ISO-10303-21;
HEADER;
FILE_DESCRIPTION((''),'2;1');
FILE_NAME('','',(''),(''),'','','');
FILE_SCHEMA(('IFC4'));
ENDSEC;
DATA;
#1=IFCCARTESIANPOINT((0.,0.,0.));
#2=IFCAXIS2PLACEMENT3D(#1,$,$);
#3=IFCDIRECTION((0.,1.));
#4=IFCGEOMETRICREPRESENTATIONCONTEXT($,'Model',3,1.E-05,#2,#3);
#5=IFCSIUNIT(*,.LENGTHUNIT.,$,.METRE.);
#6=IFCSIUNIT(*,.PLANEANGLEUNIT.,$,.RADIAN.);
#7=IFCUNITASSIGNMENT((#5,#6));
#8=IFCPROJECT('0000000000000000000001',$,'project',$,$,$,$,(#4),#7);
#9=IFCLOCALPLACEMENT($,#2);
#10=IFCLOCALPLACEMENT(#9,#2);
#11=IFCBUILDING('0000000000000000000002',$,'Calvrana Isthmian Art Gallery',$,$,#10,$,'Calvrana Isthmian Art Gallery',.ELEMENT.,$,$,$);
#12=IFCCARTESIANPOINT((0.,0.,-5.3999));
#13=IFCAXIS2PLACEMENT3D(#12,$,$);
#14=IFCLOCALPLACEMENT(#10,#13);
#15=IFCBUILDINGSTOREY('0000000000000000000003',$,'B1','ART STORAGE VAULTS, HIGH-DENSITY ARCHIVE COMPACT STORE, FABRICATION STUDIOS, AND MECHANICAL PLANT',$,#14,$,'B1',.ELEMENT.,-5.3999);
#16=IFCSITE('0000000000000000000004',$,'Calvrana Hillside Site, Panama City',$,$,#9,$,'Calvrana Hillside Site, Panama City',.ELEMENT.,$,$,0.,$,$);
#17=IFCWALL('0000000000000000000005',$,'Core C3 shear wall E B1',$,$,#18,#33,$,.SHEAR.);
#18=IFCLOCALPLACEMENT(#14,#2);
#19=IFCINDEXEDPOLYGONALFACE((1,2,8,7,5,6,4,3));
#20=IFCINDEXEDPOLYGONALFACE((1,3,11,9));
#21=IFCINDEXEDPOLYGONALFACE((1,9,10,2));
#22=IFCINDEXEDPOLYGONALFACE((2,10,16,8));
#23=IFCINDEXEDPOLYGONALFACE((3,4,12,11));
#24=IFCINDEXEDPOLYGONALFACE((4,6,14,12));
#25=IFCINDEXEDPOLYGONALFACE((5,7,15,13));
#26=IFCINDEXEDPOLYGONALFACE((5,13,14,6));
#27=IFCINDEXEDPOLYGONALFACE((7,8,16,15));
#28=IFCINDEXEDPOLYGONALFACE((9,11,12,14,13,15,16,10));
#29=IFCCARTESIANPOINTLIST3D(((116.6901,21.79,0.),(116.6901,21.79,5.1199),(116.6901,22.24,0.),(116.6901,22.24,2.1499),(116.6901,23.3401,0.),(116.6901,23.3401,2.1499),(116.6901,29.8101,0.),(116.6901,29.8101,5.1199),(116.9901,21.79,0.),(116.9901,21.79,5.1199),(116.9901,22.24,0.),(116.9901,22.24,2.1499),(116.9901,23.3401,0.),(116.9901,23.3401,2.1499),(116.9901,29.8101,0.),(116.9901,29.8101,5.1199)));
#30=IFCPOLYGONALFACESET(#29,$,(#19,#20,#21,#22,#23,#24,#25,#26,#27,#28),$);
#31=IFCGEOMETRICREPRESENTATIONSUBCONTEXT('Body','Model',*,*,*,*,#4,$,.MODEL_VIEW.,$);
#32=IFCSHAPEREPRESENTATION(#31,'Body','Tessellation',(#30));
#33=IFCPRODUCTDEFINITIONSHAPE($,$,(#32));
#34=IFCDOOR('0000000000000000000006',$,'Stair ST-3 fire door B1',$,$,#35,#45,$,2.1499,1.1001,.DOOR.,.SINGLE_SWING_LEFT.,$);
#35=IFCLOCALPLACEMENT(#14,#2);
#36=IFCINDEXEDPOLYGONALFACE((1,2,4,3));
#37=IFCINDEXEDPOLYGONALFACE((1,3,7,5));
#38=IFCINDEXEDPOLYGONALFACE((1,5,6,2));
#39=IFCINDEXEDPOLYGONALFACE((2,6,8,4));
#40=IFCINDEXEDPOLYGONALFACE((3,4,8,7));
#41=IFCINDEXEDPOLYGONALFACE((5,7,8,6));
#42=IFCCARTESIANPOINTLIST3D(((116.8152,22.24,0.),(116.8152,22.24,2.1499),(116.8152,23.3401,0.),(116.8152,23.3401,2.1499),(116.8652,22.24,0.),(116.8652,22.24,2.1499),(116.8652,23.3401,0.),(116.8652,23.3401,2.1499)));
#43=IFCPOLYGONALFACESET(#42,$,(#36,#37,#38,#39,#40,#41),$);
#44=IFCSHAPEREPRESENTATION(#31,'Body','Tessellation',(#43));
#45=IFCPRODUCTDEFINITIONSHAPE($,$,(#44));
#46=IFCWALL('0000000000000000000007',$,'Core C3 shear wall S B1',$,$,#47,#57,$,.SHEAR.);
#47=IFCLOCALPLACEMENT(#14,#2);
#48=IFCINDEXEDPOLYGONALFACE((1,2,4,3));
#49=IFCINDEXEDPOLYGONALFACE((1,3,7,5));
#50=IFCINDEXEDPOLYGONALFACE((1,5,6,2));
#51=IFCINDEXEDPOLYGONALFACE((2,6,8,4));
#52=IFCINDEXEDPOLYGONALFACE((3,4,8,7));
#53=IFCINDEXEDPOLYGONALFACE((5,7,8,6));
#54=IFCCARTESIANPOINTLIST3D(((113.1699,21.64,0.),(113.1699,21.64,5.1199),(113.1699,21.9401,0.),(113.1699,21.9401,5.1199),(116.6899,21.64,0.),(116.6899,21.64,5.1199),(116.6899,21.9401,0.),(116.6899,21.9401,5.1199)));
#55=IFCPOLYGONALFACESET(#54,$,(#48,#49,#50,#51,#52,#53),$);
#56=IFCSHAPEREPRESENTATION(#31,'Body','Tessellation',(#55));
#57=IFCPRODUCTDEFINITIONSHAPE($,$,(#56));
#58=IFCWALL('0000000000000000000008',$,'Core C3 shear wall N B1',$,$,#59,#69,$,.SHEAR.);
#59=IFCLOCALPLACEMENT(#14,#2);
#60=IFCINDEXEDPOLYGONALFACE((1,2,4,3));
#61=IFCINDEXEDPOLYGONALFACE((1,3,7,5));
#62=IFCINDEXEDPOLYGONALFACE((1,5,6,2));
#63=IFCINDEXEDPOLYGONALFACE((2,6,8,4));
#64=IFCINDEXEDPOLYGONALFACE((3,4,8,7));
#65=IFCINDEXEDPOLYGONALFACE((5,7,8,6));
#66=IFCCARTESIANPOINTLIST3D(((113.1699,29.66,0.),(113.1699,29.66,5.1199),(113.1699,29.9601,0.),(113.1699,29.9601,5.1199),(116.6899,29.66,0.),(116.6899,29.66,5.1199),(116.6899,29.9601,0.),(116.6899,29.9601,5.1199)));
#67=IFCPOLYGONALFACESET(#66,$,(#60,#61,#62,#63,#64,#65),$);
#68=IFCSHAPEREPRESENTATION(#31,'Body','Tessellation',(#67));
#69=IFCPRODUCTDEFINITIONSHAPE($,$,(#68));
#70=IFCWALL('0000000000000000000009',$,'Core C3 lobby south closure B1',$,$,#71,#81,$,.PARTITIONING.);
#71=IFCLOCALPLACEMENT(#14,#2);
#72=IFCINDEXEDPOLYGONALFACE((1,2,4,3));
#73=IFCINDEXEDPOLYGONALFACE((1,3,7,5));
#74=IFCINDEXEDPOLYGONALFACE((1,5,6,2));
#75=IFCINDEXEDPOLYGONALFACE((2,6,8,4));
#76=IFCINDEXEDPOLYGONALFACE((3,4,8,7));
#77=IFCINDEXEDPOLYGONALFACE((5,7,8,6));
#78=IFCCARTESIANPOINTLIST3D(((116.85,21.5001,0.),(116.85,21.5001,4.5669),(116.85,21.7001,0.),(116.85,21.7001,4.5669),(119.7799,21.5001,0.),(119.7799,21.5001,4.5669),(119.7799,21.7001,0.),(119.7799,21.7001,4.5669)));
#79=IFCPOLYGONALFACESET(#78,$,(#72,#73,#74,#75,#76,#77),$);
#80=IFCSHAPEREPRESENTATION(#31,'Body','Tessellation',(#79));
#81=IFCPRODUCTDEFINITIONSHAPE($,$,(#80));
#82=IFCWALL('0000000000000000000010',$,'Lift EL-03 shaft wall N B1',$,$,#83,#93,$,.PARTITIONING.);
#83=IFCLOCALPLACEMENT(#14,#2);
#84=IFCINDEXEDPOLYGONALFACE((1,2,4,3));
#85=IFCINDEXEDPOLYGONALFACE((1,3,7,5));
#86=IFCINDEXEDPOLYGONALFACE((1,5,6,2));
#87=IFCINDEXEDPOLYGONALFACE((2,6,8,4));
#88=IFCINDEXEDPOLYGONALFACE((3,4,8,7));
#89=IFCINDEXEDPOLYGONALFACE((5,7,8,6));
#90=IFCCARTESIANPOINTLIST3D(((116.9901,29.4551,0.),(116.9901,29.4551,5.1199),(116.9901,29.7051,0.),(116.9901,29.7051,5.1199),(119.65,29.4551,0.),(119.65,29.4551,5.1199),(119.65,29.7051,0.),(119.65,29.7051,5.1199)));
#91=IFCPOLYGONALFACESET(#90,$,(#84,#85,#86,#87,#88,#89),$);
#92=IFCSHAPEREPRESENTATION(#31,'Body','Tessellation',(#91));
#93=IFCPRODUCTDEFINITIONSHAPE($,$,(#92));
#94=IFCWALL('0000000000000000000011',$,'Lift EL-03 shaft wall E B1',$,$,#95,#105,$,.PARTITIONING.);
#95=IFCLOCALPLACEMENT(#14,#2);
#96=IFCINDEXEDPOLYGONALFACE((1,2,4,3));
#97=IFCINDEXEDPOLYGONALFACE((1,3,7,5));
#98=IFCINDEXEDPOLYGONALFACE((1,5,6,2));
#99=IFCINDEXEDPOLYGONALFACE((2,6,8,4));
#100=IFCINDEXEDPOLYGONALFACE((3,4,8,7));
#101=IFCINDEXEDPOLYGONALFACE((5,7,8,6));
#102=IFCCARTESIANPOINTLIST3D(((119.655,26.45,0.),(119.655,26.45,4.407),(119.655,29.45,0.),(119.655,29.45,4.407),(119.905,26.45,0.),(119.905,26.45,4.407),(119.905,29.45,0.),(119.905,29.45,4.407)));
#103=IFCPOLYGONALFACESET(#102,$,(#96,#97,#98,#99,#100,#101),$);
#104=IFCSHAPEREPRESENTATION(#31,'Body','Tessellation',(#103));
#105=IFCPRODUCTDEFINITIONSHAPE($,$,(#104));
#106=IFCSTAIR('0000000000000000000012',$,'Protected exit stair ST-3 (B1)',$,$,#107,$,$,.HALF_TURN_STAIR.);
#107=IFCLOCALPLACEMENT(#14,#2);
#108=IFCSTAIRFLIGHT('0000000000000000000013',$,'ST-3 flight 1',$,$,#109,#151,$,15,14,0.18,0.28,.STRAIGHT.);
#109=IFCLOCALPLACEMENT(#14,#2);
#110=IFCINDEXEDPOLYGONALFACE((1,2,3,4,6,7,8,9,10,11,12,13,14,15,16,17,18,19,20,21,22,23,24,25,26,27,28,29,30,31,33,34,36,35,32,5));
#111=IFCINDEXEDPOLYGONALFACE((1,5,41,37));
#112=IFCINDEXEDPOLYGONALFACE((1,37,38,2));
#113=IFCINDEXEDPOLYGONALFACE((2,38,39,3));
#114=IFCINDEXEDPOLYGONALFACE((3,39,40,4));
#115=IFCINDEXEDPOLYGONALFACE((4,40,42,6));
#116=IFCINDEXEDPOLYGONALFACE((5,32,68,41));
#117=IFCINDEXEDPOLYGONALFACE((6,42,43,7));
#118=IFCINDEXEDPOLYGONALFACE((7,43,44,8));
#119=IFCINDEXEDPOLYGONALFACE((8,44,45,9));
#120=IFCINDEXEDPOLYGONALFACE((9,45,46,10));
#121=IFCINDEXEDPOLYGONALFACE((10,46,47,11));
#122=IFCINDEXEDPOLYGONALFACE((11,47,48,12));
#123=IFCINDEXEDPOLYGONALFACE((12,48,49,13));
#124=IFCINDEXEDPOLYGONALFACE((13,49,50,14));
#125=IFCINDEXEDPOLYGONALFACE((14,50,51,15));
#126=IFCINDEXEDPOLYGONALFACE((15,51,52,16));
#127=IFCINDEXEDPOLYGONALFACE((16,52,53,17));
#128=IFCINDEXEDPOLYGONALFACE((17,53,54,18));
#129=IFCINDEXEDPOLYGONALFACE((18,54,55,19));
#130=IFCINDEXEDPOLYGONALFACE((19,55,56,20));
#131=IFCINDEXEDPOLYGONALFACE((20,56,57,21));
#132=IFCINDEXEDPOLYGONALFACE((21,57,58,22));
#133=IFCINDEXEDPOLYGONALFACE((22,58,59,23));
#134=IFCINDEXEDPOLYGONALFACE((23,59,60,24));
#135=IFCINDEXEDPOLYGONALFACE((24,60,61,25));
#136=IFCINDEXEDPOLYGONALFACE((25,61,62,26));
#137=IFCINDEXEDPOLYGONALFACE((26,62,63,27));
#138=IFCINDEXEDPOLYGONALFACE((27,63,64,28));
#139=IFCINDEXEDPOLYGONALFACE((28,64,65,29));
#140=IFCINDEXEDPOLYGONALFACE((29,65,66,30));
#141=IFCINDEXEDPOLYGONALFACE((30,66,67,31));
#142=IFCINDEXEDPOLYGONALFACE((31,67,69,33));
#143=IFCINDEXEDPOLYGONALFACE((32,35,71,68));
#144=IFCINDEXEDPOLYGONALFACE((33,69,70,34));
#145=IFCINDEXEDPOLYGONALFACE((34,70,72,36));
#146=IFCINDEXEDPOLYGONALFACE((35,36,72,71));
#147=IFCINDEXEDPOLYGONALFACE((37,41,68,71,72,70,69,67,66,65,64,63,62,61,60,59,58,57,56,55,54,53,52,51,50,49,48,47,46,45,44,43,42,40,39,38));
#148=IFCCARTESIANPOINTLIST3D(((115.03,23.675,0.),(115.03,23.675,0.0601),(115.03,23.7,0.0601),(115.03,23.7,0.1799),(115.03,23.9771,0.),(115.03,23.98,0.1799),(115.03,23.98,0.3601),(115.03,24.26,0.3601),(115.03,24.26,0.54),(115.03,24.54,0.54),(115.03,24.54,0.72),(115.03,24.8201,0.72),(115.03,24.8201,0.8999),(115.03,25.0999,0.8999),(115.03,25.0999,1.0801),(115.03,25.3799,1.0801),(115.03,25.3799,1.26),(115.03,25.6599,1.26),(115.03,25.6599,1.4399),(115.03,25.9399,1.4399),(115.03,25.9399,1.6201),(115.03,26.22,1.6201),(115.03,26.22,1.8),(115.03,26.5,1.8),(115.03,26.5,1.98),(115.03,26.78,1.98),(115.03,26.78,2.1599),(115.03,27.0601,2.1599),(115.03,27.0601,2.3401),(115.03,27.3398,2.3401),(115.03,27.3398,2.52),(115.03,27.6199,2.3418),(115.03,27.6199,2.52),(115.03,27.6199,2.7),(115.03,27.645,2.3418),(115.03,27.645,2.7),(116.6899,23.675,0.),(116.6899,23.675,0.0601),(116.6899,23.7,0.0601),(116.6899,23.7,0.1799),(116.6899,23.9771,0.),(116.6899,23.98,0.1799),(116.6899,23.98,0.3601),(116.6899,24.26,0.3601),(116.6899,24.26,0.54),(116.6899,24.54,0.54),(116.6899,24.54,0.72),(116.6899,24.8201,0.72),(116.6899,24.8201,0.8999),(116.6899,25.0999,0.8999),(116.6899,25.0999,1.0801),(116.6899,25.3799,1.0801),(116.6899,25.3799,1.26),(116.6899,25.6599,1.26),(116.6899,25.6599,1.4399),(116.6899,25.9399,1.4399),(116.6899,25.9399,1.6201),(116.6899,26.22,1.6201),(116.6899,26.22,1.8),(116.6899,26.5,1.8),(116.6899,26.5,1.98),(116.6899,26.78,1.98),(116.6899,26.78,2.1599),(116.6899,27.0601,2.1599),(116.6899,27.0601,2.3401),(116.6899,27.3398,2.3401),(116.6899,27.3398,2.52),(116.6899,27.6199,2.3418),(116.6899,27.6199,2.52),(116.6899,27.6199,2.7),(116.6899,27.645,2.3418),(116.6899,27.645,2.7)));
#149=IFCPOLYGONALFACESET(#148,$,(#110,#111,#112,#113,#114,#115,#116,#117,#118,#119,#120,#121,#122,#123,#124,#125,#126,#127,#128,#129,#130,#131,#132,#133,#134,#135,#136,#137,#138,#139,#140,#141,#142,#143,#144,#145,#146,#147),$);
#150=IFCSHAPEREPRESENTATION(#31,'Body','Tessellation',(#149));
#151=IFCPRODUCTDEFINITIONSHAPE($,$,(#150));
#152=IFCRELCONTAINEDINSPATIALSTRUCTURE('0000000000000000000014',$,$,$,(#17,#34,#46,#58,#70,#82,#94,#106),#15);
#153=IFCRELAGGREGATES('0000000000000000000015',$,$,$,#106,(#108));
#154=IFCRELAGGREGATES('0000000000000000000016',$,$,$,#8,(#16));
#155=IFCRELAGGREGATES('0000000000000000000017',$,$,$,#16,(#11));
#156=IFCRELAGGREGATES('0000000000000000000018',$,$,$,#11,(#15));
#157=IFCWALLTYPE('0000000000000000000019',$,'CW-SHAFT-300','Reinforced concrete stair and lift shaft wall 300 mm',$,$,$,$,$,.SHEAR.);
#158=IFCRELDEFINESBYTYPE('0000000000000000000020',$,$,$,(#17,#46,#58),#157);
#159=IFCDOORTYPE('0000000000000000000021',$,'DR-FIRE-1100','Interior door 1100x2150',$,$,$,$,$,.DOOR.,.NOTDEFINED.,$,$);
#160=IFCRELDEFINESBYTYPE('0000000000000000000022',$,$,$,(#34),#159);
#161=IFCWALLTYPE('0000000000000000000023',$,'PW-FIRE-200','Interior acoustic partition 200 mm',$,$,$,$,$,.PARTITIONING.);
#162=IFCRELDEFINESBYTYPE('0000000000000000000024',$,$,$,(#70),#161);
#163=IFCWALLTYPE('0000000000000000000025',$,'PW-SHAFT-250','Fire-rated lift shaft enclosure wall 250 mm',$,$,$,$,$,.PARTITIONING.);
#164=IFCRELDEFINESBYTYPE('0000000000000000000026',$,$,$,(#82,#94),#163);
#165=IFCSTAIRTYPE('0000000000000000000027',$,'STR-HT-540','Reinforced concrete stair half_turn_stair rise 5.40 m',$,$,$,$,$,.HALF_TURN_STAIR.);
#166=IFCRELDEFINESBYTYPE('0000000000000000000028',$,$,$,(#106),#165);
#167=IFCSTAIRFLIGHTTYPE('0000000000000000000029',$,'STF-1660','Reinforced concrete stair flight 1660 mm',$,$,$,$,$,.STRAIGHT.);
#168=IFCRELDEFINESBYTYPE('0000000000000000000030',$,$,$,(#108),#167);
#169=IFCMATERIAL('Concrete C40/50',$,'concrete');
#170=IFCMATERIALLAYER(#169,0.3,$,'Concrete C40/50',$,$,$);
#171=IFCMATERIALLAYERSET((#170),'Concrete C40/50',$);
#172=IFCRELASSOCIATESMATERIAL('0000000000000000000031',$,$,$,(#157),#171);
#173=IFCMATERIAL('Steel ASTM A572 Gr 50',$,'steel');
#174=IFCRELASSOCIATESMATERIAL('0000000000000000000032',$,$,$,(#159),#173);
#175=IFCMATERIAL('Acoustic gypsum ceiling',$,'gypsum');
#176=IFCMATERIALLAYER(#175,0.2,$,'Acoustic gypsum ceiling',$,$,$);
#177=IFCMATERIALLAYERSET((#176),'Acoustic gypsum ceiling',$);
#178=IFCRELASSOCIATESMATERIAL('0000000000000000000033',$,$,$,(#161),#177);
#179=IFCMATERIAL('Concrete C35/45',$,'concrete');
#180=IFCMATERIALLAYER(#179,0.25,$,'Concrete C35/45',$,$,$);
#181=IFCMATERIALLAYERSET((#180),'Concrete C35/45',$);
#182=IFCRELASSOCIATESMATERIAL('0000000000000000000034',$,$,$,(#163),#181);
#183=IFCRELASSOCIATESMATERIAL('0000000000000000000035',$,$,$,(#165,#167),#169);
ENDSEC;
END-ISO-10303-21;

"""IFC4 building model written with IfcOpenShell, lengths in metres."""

from ifc_helpers import new_model, si_unit, direction, frame, frame_2d, origin, place, context, subcontext, project, spatial, polyline, rectangle, outline, extrude, material, layer, layer_set, type_object, element, fill, aggregate, save


model = new_model("IFC4")

# Units and contexts
model_context = context("Model", 3, precision=1e-05, world=origin(), true_north=direction((0.0, 1.0)))
body_context = subcontext(model_context, "Body", "Model", "MODEL_VIEW")
ifc_project = project(units=[si_unit("LENGTHUNIT", "METRE"), si_unit("PLANEANGLEUNIT", "RADIAN")], contexts=[model_context])

# Site, building, storey
site_placement = place(None, origin())
site = spatial("IfcSite", under=ifc_project, at=site_placement, Name="Calvrana Hillside Site, Panama City", LongName="Calvrana Hillside Site, Panama City", CompositionType="ELEMENT", RefElevation=0.0)
building_placement = place(site_placement, origin())
building = spatial("IfcBuilding", under=site, at=building_placement, Name="Calvrana Isthmian Art Gallery", LongName="Calvrana Isthmian Art Gallery", CompositionType="ELEMENT")
storey_placement = place(building_placement, frame((0.0, 0.0, -5.3999)))
storey = spatial("IfcBuildingStorey", under=building, at=storey_placement, Name="B1", Description="ART STORAGE VAULTS, HIGH-DENSITY ARCHIVE COMPACT STORE, FABRICATION STUDIOS, AND MECHANICAL PLANT", LongName="B1", CompositionType="ELEMENT", Elevation=-5.3999)

# Shared definitions
ifc_material_1 = material(Name="Concrete C35/45", Category="concrete")

# Shared definitions
ifc_material_2 = material(Name="Steel ASTM A572 Gr 50", Category="steel")

# Shared definitions
ifc_material_3 = material(Name="Concrete C40/50", Category="concrete")
ifc_layer_1 = layer(ifc_material_3, 0.3, Name="Concrete C40/50")
ifc_layer_set_1 = layer_set([ifc_layer_1], Name="Concrete C40/50")
wall_type_1 = type_object("IfcWallType", Name="CW-SHAFT-300", Description="Reinforced concrete stair and lift shaft wall 300 mm", PredefinedType="SHEAR", material=ifc_layer_set_1)

# Wall, opening, door
wall_1_placement = place(storey_placement, frame((116.8401, 21.79, 0.0), z_axis=(0.0, 0.0, 1.0), x_axis=(0.0, 1.0, 0.0)))
wall_1 = element("IfcWall", 1, at=wall_1_placement, inside=storey, type_object=wall_type_1, Name="Core C3 shear wall E B1", PredefinedType="SHEAR", context=body_context, shape_type="SweptSolid", body=[
    extrude(rectangle(XDim=8.02, YDim=0.3, at=frame_2d((4.01, 0.0))), origin(), (0.0, 0.0, 1.0), 5.1199),
])
opening_1_placement = place(wall_1_placement, frame((0.45, 0.0, 0.0)))
opening_1 = element("IfcOpeningElement", 2, at=opening_1_placement, cuts=wall_1, PredefinedType="OPENING", context=body_context, shape_type="SweptSolid", body=[
    extrude(rectangle(XDim=1.1001, YDim=2.1499, at=frame_2d((0.55, 1.075))), frame((0.0, 0.1602, 0.0), z_axis=(0.0, -1.0, 0.0), x_axis=(1.0, 0.0, 0.0)), (0.0, 0.0, 1.0), 0.3206),
])
door_type_1 = type_object("IfcDoorType", Name="DR-FIRE-1100", Description="Interior door 1100x2150", OperationType="NOTDEFINED", PredefinedType="DOOR", material=ifc_material_2)
door_1_placement = place(opening_1_placement, origin())
door_1 = element("IfcDoor", 3, at=door_1_placement, inside=storey, type_object=door_type_1, Name="Stair ST-3 fire door B1", OperationType="SINGLE_SWING_LEFT", OverallHeight=2.1499, OverallWidth=1.1001, PredefinedType="DOOR", context=body_context, shape_type="SweptSolid", body=[
    extrude(rectangle(XDim=1.1001, YDim=2.1499, at=frame_2d((0.55, 1.075))), frame((0.0, 0.0249, 0.0), z_axis=(0.0, -1.0, 0.0), x_axis=(1.0, 0.0, 0.0)), (0.0, 0.0, 1.0), 0.05),
])
fill(opening_1, door_1)

# Walls
for number, where, z_axis, x_axis, name in (
    (4, (113.1699, 21.79, 0.0), (0.0, 0.0, 1.0), (1.0, 0.0, 0.0), "Core C3 shear wall S B1"),
    (5, (113.1699, 29.8101, 0.0), (0.0, 0.0, 1.0), (1.0, 0.0, 0.0), "Core C3 shear wall N B1"),
):
    element("IfcWall", number, at=place(storey_placement, frame(where, z_axis=z_axis, x_axis=x_axis)), inside=storey, type_object=wall_type_1, Name=name, PredefinedType="SHEAR", context=body_context, shape_type="SweptSolid", body=[
        extrude(rectangle(XDim=3.52, YDim=0.3, at=frame_2d((1.76, 0.0))), origin(), (0.0, 0.0, 1.0), 5.1199),
    ])
ifc_material_4 = material(Name="Acoustic gypsum ceiling", Category="gypsum")
ifc_layer_2 = layer(ifc_material_4, 0.2, Name="Acoustic gypsum ceiling")
ifc_layer_set_2 = layer_set([ifc_layer_2], Name="Acoustic gypsum ceiling")
wall_type_2 = type_object("IfcWallType", Name="PW-FIRE-200", Description="Interior acoustic partition 200 mm", PredefinedType="PARTITIONING", material=ifc_layer_set_2)
wall_2_placement = place(storey_placement, frame((116.8501, 21.6001, 0.0), z_axis=(0.0, 0.0, 1.0), x_axis=(1.0, 0.0, 0.0)))
element("IfcWall", 6, at=wall_2_placement, inside=storey, type_object=wall_type_2, Name="Core C3 lobby south closure B1", PredefinedType="PARTITIONING", context=body_context, shape_type="SweptSolid", body=[
    extrude(rectangle(XDim=2.9299, YDim=0.2, at=frame_2d((1.4648, 0.0))), origin(), (0.0, 0.0, 1.0), 4.5669),
])
ifc_layer_3 = layer(ifc_material_1, 0.25, Name="Concrete C35/45")
ifc_layer_set_3 = layer_set([ifc_layer_3], Name="Concrete C35/45")
wall_type_3 = type_object("IfcWallType", Name="PW-SHAFT-250", Description="Fire-rated lift shaft enclosure wall 250 mm", PredefinedType="PARTITIONING", material=ifc_layer_set_3)
wall_3_placement = place(storey_placement, frame((116.99, 29.5801, 0.0), z_axis=(0.0, 0.0, 1.0), x_axis=(1.0, 0.0, 0.0)))
element("IfcWall", 7, at=wall_3_placement, inside=storey, type_object=wall_type_3, Name="Lift EL-03 shaft wall N B1", PredefinedType="PARTITIONING", context=body_context, shape_type="SweptSolid", body=[
    extrude(rectangle(XDim=2.6599, YDim=0.25, at=frame_2d((1.3301, 0.0))), origin(), (0.0, 0.0, 1.0), 5.1199),
])
wall_4_placement = place(storey_placement, frame((119.78, 26.45, 0.0), z_axis=(0.0, 0.0, 1.0), x_axis=(0.0, 1.0, 0.0)))
element("IfcWall", 8, at=wall_4_placement, inside=storey, type_object=wall_type_3, Name="Lift EL-03 shaft wall E B1", PredefinedType="PARTITIONING", context=body_context, shape_type="SweptSolid", body=[
    extrude(rectangle(XDim=3.0, YDim=0.25, at=frame_2d((1.5, 0.0))), origin(), (0.0, 0.0, 1.0), 4.407),
])

# Stair, stair flight
stair_type = type_object("IfcStairType", Name="STR-HT-540", Description="Reinforced concrete stair half_turn_stair rise 5.40 m", PredefinedType="HALF_TURN_STAIR", material=ifc_material_3)
stair_placement = place(storey_placement, origin())
stair = element("IfcStair", 9, at=stair_placement, inside=storey, type_object=stair_type, Name="Protected exit stair ST-3 (B1)", PredefinedType="HALF_TURN_STAIR")
stair_flight_type = type_object("IfcStairFlightType", Name="STF-1660", Description="Reinforced concrete stair flight 1660 mm", PredefinedType="STRAIGHT", material=ifc_material_3)
stair_flight_1_placement = place(storey_placement, frame((115.8601, 23.7, 0.0), z_axis=(0.0, 0.0, 1.0), x_axis=(0.0, 1.0, 0.0)))
stair_flight_1 = element("IfcStairFlight", 10, at=stair_flight_1_placement, type_object=stair_flight_type, Name="ST-3 flight 1", NumberOfRisers=15, NumberOfTreads=14, PredefinedType="STRAIGHT", RiserHeight=0.18, TreadLength=0.28, context=body_context, shape_type="SweptSolid", body=[
    extrude(outline(polyline([(-0.0249, 0.0), (-0.0249, 0.0601), (0.0, 0.0601), (0.0, 0.1799), (0.28, 0.1799), (0.28, 0.3601), (0.5601, 0.3601), (0.5601, 0.54), (0.8401, 0.54), (0.8401, 0.72), (1.1201, 0.72), (1.1201, 0.8999), (1.3999, 0.8999), (1.3999, 1.0801), (1.6799, 1.0801), (1.6799, 1.26), (1.96, 1.26), (1.96, 1.4399), (2.24, 1.4399), (2.24, 1.6201), (2.52, 1.6201), (2.52, 1.8), (2.8, 1.8), (2.8, 1.98), (3.0801, 1.98), (3.0801, 2.1599), (3.3601, 2.1599), (3.3601, 2.3401), (3.6399, 2.3401), (3.6399, 2.52), (3.9199, 2.52), (3.9199, 2.7), (3.9451, 2.7), (3.9451, 2.3418), (3.9199, 2.3418), (0.2771, 0.0), (-0.0249, 0.0)])), frame((0.0, 0.8301, 0.0), z_axis=(0.0, -1.0, 0.0), x_axis=(1.0, 0.0, 0.0)), (0.0, 0.0, 1.0), 1.6599),
])
aggregate(stair, [stair_flight_1])

save(model, "model.ifc")
